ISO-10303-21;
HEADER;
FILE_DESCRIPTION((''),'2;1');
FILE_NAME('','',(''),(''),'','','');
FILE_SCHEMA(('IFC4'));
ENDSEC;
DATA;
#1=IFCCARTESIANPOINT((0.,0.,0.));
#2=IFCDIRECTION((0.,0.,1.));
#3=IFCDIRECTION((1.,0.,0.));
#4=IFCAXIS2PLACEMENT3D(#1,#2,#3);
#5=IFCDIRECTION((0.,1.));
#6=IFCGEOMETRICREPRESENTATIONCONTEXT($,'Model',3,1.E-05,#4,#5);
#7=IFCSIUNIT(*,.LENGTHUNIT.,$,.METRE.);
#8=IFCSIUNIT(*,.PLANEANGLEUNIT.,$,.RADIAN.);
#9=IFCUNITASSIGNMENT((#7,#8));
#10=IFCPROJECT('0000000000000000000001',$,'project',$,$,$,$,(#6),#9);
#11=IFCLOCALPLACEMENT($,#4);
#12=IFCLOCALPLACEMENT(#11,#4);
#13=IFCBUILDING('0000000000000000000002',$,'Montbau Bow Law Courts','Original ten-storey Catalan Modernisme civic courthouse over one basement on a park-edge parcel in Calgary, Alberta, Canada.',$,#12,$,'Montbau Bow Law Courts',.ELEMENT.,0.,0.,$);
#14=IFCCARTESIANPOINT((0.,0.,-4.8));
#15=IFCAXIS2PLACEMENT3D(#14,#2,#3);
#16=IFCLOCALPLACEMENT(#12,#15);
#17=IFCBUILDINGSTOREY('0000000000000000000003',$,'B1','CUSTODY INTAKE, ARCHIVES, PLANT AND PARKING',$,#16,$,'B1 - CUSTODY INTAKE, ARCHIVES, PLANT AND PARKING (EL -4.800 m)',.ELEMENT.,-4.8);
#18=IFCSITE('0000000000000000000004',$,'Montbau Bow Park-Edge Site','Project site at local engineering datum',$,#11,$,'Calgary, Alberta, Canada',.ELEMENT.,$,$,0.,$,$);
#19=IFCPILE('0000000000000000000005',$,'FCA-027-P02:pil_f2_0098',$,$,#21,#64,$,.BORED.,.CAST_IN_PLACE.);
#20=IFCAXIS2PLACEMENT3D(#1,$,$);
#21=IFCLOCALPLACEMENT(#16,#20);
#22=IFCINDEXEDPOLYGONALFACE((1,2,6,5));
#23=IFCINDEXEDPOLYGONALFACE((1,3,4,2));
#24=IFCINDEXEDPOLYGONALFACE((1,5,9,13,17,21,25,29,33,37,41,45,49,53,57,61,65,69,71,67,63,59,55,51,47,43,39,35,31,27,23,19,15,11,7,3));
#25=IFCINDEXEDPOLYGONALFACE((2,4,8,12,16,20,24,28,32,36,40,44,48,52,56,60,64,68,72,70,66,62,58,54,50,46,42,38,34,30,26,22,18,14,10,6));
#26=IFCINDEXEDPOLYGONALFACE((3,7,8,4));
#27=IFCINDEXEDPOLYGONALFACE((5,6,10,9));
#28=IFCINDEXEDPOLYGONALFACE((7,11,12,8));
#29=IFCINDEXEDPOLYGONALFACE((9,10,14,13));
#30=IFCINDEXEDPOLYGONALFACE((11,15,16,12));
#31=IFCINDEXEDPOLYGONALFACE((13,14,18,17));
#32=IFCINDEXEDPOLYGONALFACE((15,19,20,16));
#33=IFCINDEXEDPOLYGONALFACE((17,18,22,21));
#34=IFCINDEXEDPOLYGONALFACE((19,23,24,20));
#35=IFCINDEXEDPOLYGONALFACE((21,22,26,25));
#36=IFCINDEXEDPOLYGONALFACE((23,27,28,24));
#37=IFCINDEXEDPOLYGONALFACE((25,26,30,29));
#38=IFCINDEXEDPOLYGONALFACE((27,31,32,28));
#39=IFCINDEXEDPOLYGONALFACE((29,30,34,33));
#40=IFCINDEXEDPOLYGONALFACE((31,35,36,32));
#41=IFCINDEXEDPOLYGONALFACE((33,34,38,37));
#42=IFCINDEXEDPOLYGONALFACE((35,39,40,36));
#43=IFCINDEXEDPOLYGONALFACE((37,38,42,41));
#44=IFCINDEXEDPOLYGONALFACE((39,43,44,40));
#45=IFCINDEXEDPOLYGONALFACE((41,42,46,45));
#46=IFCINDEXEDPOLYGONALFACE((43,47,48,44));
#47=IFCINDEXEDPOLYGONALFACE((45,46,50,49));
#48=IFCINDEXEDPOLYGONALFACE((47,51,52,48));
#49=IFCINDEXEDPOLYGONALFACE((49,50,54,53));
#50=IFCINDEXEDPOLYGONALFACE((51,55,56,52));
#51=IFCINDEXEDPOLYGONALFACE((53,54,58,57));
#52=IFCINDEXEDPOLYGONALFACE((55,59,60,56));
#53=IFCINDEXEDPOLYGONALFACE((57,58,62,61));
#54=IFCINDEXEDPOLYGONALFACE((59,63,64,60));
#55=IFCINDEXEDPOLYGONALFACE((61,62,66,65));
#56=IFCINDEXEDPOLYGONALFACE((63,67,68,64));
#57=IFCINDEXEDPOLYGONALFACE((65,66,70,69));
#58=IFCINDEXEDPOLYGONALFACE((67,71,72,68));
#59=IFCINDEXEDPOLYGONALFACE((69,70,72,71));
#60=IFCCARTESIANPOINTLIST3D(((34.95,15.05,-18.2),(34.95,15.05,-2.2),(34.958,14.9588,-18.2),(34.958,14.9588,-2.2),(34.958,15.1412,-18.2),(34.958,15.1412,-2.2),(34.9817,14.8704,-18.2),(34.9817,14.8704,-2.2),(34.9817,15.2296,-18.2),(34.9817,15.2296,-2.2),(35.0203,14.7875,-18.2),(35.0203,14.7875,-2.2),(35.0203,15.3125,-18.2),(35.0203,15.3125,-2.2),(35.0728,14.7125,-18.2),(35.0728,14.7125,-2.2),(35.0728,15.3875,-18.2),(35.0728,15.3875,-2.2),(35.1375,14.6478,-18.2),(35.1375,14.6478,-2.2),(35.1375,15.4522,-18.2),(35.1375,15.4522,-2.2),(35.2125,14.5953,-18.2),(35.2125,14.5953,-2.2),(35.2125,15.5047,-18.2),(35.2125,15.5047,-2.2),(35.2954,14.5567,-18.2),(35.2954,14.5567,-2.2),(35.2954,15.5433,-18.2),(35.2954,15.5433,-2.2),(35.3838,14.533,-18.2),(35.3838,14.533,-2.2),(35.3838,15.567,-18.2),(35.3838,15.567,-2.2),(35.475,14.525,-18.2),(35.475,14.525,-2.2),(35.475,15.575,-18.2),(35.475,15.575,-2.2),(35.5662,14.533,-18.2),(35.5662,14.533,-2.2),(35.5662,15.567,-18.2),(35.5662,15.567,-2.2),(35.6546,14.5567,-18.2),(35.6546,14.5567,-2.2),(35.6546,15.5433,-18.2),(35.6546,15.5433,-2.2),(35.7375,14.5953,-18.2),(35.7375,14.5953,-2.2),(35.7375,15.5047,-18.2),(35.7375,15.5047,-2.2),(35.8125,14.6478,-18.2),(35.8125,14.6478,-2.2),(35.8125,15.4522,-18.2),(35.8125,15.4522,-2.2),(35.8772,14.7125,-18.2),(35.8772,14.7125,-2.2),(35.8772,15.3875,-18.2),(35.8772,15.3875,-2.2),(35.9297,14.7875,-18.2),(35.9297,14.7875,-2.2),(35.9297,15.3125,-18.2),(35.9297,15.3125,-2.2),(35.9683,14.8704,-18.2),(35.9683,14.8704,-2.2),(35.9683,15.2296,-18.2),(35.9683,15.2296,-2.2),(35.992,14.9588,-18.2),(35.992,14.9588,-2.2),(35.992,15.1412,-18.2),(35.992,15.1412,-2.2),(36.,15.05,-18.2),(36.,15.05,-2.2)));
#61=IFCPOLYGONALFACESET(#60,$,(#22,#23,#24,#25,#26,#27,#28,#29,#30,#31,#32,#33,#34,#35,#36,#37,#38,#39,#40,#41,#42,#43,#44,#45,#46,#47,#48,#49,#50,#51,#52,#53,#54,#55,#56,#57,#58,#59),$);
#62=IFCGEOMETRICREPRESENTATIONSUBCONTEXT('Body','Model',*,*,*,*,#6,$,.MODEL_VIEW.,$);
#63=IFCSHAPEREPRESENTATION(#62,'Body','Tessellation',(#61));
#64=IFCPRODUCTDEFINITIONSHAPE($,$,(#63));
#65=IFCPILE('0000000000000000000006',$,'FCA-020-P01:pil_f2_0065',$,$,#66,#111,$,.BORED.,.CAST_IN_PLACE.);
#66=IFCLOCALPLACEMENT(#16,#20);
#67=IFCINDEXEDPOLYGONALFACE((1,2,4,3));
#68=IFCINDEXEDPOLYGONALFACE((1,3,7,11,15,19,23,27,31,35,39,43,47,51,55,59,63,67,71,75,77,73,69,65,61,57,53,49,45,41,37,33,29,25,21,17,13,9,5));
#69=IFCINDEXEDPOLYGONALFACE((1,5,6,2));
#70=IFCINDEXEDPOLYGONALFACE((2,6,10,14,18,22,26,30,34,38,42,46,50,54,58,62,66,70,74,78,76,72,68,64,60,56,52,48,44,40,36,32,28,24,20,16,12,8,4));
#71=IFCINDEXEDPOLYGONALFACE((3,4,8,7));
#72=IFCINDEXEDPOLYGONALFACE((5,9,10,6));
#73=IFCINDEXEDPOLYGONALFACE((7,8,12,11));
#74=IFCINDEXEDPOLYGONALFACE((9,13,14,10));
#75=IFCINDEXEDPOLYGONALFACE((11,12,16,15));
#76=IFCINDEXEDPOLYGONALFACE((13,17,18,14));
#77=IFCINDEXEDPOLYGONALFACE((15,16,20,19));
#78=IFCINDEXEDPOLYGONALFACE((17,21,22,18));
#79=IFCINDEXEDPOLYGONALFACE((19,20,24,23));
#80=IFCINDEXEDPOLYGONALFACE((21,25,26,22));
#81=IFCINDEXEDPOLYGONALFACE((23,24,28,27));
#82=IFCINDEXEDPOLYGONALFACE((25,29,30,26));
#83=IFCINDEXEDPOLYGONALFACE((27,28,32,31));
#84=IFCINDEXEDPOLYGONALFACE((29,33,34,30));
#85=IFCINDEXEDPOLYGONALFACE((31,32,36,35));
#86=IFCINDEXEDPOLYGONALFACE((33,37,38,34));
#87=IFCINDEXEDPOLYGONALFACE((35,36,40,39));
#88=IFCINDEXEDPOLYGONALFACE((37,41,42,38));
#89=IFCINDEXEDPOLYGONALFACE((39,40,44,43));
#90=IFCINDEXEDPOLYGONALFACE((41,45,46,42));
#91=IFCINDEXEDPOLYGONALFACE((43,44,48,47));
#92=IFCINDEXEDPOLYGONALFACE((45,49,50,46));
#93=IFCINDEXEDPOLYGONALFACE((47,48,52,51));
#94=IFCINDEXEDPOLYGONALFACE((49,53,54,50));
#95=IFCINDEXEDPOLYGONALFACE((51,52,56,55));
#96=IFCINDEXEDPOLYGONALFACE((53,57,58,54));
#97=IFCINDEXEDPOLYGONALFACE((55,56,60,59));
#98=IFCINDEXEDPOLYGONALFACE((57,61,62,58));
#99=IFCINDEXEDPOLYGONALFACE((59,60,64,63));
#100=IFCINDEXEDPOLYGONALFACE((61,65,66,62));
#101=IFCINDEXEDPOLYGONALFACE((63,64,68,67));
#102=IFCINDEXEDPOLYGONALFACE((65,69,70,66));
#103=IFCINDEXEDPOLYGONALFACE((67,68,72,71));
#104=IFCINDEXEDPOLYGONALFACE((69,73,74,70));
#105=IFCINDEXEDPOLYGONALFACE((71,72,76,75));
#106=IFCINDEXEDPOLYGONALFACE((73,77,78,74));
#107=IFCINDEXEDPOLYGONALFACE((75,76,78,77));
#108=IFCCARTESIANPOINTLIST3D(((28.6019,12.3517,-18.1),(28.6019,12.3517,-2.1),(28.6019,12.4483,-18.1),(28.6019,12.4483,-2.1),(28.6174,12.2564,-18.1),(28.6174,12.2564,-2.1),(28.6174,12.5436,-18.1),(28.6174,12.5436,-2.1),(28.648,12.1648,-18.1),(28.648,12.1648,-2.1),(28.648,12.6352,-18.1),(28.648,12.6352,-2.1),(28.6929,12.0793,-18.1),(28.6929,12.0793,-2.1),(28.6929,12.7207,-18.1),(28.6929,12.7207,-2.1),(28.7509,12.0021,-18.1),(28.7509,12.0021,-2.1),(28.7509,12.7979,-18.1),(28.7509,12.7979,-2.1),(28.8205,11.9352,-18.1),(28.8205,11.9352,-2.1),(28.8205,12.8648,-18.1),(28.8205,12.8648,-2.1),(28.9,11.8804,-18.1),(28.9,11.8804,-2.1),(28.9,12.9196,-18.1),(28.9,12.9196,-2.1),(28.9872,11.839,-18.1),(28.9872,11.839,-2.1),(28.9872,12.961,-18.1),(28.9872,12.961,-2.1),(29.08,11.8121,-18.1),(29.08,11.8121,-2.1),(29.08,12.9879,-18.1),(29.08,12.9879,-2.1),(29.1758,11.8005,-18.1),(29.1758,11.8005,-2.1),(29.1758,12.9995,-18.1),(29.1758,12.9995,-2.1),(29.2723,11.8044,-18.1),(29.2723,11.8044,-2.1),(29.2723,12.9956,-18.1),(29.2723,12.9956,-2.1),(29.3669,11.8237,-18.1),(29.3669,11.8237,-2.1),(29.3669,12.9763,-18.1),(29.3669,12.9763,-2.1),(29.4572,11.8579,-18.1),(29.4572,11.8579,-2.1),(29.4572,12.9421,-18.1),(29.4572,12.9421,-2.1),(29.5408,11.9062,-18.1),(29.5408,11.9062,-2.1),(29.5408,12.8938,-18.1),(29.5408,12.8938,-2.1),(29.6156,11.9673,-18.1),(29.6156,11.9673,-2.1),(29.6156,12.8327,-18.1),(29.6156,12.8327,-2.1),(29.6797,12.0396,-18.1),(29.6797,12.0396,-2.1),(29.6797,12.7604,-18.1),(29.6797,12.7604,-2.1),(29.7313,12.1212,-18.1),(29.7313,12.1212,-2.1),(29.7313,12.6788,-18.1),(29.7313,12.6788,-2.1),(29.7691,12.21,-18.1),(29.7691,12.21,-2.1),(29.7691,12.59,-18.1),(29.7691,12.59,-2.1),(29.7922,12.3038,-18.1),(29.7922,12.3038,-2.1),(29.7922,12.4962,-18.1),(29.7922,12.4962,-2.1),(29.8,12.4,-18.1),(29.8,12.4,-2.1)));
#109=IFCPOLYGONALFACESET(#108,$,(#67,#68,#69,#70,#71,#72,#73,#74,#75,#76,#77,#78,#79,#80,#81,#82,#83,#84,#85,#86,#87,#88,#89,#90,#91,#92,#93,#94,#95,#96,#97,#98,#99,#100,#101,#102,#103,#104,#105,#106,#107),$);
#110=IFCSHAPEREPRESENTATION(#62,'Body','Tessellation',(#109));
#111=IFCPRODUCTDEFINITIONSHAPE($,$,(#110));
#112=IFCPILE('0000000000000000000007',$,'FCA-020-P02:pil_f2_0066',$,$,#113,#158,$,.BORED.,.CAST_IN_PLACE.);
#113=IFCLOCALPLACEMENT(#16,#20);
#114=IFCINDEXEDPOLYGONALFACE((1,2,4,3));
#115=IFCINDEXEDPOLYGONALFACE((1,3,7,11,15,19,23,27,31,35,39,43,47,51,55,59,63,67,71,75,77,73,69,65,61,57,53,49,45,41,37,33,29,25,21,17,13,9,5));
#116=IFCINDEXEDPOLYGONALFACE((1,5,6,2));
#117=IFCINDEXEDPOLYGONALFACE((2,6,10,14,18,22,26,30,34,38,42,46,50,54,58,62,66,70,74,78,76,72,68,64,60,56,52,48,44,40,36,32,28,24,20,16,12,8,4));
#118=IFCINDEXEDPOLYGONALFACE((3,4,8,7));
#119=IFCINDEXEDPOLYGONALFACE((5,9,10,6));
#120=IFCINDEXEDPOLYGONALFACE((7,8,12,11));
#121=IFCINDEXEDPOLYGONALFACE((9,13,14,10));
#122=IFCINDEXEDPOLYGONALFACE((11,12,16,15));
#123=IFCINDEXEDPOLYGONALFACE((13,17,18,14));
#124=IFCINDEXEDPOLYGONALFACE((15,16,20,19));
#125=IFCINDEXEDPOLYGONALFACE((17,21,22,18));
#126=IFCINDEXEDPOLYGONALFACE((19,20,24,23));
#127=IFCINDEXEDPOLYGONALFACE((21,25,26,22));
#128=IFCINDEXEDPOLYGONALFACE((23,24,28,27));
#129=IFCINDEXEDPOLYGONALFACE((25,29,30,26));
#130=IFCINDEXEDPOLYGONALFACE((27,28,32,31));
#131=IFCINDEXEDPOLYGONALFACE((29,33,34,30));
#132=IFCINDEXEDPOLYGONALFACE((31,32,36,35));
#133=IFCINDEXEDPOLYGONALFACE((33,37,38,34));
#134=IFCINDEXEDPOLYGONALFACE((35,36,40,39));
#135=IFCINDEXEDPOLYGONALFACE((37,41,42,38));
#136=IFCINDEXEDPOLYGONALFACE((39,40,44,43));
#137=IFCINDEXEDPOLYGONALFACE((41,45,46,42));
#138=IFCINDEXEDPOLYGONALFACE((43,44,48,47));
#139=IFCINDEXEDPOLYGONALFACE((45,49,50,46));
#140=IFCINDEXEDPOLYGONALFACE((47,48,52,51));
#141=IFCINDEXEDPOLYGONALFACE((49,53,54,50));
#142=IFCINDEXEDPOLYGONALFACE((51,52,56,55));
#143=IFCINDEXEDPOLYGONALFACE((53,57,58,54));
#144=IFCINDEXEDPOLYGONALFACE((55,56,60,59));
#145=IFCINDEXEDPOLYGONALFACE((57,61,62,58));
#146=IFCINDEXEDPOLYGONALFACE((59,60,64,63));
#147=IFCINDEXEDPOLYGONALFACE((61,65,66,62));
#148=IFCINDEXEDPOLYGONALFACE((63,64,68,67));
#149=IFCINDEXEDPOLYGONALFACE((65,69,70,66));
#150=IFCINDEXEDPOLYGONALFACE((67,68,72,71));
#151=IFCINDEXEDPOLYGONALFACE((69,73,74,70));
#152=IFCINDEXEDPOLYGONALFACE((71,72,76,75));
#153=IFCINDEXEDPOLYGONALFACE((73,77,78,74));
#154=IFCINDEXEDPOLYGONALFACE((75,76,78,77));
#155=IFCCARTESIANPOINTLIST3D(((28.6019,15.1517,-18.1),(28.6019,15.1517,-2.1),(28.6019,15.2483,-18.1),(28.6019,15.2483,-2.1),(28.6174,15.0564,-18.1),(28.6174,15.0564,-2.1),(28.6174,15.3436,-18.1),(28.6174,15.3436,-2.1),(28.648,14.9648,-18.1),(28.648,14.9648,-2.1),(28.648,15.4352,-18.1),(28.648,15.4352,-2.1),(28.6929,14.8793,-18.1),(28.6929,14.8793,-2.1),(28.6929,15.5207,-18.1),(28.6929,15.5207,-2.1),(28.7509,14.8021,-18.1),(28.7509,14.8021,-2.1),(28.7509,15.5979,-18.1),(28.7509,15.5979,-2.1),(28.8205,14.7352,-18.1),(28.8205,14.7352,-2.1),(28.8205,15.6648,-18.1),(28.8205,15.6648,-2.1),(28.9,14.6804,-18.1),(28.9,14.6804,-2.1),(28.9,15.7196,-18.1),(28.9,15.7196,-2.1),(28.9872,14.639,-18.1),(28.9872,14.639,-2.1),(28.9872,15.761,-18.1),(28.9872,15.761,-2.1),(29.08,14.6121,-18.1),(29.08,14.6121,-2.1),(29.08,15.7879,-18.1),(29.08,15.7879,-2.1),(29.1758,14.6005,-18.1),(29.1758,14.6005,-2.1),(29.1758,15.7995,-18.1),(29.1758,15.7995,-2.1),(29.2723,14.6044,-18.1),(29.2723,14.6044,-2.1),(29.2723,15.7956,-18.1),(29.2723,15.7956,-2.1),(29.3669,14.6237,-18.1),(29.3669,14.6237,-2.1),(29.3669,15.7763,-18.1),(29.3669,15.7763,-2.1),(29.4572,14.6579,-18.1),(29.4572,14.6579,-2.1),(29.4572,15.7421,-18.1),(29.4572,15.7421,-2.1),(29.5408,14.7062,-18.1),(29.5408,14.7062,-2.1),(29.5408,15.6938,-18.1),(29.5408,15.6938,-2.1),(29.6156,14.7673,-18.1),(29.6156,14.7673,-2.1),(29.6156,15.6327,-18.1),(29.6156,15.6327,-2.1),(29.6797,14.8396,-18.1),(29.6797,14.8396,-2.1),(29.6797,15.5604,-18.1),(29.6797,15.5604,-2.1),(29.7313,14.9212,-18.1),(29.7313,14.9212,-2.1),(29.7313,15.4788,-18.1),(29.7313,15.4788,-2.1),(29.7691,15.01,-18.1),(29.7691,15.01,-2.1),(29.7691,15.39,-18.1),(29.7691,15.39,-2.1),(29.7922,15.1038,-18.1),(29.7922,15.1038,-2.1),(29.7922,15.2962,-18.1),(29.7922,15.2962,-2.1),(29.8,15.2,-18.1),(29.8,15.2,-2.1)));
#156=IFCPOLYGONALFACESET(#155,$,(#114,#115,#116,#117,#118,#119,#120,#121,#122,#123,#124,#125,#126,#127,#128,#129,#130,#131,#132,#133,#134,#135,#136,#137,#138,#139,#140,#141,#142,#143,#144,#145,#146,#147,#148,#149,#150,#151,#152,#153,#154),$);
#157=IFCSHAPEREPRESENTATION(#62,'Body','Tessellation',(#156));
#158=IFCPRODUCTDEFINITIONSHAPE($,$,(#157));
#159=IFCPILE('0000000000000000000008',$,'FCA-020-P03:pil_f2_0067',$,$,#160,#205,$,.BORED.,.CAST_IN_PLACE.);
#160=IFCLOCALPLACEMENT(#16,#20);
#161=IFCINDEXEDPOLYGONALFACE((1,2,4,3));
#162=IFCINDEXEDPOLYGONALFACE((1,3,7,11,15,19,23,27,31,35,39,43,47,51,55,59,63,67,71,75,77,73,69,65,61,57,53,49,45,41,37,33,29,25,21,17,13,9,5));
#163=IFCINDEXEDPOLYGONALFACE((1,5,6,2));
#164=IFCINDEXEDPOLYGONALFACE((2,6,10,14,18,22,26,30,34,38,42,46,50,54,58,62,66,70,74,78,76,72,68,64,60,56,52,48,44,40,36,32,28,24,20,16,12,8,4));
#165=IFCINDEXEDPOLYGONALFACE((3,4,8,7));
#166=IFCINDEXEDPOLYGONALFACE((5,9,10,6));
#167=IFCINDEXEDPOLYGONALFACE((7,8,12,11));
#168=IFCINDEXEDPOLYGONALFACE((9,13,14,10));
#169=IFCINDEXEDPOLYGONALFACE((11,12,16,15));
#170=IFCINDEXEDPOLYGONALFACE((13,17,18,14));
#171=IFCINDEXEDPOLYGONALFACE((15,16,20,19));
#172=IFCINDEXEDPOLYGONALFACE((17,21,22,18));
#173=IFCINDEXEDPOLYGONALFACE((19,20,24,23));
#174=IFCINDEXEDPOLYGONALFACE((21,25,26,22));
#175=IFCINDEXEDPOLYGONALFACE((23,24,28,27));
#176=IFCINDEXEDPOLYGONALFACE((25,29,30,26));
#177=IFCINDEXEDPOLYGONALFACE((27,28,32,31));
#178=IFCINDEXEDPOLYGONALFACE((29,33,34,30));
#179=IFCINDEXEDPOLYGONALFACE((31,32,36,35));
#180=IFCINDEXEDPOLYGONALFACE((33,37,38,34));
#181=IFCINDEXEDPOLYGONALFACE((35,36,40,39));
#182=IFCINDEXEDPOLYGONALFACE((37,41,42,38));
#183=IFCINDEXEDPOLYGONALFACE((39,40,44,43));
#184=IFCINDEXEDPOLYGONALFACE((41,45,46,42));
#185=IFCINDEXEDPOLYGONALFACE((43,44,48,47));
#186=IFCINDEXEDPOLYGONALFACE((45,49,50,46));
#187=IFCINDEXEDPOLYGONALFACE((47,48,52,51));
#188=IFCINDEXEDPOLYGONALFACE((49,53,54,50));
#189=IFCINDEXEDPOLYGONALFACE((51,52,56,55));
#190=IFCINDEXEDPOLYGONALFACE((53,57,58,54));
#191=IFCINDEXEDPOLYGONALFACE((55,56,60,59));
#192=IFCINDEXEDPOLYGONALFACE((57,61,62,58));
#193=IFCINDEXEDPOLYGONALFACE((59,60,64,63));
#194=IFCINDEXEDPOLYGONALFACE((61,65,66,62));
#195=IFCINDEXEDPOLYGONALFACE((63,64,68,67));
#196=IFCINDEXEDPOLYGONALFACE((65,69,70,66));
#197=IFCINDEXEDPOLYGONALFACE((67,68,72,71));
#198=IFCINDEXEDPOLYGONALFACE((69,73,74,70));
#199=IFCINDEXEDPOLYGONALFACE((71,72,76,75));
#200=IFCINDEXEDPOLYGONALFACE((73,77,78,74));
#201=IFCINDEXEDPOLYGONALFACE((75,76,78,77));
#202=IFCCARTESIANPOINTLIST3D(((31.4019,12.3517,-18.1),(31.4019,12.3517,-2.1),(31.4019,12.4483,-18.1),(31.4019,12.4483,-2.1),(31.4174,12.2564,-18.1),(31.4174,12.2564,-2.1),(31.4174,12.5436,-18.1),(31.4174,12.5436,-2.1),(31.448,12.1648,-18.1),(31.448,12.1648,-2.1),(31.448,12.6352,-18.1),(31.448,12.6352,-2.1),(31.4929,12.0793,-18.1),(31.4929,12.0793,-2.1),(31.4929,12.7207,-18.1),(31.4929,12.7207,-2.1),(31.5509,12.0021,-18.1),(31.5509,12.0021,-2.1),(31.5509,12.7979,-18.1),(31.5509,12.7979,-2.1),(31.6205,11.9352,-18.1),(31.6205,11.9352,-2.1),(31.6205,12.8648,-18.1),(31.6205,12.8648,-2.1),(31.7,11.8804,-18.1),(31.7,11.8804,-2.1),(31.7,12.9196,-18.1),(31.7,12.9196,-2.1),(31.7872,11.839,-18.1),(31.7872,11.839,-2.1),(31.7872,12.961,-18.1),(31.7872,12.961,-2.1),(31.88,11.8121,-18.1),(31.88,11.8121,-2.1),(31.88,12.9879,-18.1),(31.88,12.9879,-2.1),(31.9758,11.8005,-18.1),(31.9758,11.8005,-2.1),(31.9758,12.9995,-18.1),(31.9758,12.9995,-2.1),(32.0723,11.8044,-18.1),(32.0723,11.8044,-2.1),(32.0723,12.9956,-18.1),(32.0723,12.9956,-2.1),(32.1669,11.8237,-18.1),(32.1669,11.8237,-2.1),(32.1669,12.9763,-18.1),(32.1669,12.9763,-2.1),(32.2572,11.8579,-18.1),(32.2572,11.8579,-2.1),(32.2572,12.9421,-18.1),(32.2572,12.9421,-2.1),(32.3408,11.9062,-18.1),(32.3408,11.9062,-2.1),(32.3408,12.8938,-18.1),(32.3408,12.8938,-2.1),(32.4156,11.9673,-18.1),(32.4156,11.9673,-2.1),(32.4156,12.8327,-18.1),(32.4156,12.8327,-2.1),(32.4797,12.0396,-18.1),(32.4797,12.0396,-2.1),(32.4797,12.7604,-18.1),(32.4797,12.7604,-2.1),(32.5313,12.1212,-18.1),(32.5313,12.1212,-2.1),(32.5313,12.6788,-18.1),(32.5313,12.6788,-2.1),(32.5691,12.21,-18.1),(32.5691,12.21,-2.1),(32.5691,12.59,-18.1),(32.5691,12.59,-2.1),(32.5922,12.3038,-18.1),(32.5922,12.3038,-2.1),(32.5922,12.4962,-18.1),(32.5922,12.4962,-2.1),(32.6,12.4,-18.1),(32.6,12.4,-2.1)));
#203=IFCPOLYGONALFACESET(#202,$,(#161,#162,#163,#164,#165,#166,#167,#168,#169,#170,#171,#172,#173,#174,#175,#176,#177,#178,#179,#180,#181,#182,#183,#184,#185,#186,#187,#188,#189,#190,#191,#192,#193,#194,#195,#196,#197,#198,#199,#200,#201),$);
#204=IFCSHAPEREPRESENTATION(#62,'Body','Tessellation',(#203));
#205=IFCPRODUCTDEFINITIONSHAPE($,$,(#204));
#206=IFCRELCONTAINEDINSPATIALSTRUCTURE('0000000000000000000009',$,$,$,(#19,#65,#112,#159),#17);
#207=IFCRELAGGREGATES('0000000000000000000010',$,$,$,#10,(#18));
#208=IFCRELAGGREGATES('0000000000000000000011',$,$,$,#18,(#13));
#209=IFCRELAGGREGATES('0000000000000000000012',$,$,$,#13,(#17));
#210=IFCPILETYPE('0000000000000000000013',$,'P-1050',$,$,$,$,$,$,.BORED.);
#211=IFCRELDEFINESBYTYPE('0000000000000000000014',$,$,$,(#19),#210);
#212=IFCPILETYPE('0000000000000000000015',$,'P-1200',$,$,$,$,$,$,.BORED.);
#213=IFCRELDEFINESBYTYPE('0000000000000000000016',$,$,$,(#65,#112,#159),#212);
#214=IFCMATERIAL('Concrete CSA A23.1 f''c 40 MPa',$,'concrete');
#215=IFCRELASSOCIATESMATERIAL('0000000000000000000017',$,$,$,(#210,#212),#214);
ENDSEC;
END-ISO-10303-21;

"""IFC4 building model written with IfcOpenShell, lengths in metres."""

from ifc_helpers import new_model, si_unit, direction, frame, origin_with_axes, origin_2d_with_axis, place, context, subcontext, project, spatial, circle, extrude, material, material_profile, profile_set, type_object, element, save


model = new_model("IFC4")

# Units and contexts
model_context = context("Model", 3, precision=1e-05, world=origin_with_axes(), true_north=direction((0.0, 1.0)))
body_context = subcontext(model_context, "Body", "Model", "MODEL_VIEW")
ifc_project = project(units=[si_unit("LENGTHUNIT", "METRE"), si_unit("PLANEANGLEUNIT", "RADIAN")], contexts=[model_context])

# Site, building, storey
site_placement = place(None, origin_with_axes())
site = spatial("IfcSite", under=ifc_project, at=site_placement, Name="Montbau Bow Park-Edge Site", Description="Project site at local engineering datum", LongName="Calgary, Alberta, Canada", CompositionType="ELEMENT", RefElevation=0.0)
building_placement = place(site_placement, origin_with_axes())
building = spatial("IfcBuilding", under=site, at=building_placement, Name="Montbau Bow Law Courts", Description="Original ten-storey Catalan Modernisme civic courthouse over one basement on a park-edge parcel in Calgary, Alberta, Canada.", LongName="Montbau Bow Law Courts", CompositionType="ELEMENT", ElevationOfRefHeight=0.0, ElevationOfTerrain=0.0)
storey_placement = place(building_placement, frame((0.0, 0.0, -4.8), z_axis=(0.0, 0.0, 1.0), x_axis=(1.0, 0.0, 0.0)))
storey = spatial("IfcBuildingStorey", under=building, at=storey_placement, Name="B1", Description="CUSTODY INTAKE, ARCHIVES, PLANT AND PARKING", LongName="B1 - CUSTODY INTAKE, ARCHIVES, PLANT AND PARKING (EL -4.800 m)", CompositionType="ELEMENT", Elevation=-4.8)

# Piles
ifc_material_1 = material(Name="Concrete CSA A23.1 f'c 40 MPa", Category="concrete")
ifc_material_profile_1 = material_profile(ifc_material_1, circle(Radius=0.525, at=origin_2d_with_axis()), Name="BP1050", Category="Main", Priority=0)
ifc_profile_set_1 = profile_set([ifc_material_profile_1], Name="Concrete CSA A23.1 f'c 40 MPa")
pile_type_1 = type_object("IfcPileType", Name="P-1050", PredefinedType="BORED", material=ifc_profile_set_1)
for number, where, z_axis, x_axis, name in (
    (1, (35.475, 15.05, -23.0), (0.0, 0.0, 1.0), (1.0, 0.0, 0.0), "FCA-027-P02:pil_f2_0098"),
):
    element("IfcPile", number, at=place(None, frame(where, z_axis=z_axis, x_axis=x_axis)), inside=storey, type_object=pile_type_1, Name=name, ConstructionType="CAST_IN_PLACE", PredefinedType="BORED", context=body_context, shape_type="SweptSolid", body=[
        extrude(circle(Radius=0.525, at=origin_2d_with_axis()), origin_with_axes(), (0.0, 0.0, 1.0), 16.0),
    ])
ifc_material_profile_2 = material_profile(ifc_material_1, circle(Radius=0.6, at=origin_2d_with_axis()), Name="BP1200", Category="Main", Priority=0)
ifc_profile_set_2 = profile_set([ifc_material_profile_2], Name="Concrete CSA A23.1 f'c 40 MPa")
pile_type_2 = type_object("IfcPileType", Name="P-1200", PredefinedType="BORED", material=ifc_profile_set_2)
for number, where, z_axis, x_axis, name in (
    (2, (29.2, 12.4, -22.9), (0.0, 0.0, 1.0), (1.0, 0.0, 0.0), "FCA-020-P01:pil_f2_0065"),
    (3, (29.2, 15.2, -22.9), (0.0, 0.0, 1.0), (1.0, 0.0, 0.0), "FCA-020-P02:pil_f2_0066"),
    (4, (32.0, 12.4, -22.9), (0.0, 0.0, 1.0), (1.0, 0.0, 0.0), "FCA-020-P03:pil_f2_0067"),
):
    element("IfcPile", number, at=place(None, frame(where, z_axis=z_axis, x_axis=x_axis)), inside=storey, type_object=pile_type_2, Name=name, ConstructionType="CAST_IN_PLACE", PredefinedType="BORED", context=body_context, shape_type="SweptSolid", body=[
        extrude(circle(Radius=0.6, at=origin_2d_with_axis()), origin_with_axes(), (0.0, 0.0, 1.0), 16.0),
    ])

save(model, "model.ifc")
